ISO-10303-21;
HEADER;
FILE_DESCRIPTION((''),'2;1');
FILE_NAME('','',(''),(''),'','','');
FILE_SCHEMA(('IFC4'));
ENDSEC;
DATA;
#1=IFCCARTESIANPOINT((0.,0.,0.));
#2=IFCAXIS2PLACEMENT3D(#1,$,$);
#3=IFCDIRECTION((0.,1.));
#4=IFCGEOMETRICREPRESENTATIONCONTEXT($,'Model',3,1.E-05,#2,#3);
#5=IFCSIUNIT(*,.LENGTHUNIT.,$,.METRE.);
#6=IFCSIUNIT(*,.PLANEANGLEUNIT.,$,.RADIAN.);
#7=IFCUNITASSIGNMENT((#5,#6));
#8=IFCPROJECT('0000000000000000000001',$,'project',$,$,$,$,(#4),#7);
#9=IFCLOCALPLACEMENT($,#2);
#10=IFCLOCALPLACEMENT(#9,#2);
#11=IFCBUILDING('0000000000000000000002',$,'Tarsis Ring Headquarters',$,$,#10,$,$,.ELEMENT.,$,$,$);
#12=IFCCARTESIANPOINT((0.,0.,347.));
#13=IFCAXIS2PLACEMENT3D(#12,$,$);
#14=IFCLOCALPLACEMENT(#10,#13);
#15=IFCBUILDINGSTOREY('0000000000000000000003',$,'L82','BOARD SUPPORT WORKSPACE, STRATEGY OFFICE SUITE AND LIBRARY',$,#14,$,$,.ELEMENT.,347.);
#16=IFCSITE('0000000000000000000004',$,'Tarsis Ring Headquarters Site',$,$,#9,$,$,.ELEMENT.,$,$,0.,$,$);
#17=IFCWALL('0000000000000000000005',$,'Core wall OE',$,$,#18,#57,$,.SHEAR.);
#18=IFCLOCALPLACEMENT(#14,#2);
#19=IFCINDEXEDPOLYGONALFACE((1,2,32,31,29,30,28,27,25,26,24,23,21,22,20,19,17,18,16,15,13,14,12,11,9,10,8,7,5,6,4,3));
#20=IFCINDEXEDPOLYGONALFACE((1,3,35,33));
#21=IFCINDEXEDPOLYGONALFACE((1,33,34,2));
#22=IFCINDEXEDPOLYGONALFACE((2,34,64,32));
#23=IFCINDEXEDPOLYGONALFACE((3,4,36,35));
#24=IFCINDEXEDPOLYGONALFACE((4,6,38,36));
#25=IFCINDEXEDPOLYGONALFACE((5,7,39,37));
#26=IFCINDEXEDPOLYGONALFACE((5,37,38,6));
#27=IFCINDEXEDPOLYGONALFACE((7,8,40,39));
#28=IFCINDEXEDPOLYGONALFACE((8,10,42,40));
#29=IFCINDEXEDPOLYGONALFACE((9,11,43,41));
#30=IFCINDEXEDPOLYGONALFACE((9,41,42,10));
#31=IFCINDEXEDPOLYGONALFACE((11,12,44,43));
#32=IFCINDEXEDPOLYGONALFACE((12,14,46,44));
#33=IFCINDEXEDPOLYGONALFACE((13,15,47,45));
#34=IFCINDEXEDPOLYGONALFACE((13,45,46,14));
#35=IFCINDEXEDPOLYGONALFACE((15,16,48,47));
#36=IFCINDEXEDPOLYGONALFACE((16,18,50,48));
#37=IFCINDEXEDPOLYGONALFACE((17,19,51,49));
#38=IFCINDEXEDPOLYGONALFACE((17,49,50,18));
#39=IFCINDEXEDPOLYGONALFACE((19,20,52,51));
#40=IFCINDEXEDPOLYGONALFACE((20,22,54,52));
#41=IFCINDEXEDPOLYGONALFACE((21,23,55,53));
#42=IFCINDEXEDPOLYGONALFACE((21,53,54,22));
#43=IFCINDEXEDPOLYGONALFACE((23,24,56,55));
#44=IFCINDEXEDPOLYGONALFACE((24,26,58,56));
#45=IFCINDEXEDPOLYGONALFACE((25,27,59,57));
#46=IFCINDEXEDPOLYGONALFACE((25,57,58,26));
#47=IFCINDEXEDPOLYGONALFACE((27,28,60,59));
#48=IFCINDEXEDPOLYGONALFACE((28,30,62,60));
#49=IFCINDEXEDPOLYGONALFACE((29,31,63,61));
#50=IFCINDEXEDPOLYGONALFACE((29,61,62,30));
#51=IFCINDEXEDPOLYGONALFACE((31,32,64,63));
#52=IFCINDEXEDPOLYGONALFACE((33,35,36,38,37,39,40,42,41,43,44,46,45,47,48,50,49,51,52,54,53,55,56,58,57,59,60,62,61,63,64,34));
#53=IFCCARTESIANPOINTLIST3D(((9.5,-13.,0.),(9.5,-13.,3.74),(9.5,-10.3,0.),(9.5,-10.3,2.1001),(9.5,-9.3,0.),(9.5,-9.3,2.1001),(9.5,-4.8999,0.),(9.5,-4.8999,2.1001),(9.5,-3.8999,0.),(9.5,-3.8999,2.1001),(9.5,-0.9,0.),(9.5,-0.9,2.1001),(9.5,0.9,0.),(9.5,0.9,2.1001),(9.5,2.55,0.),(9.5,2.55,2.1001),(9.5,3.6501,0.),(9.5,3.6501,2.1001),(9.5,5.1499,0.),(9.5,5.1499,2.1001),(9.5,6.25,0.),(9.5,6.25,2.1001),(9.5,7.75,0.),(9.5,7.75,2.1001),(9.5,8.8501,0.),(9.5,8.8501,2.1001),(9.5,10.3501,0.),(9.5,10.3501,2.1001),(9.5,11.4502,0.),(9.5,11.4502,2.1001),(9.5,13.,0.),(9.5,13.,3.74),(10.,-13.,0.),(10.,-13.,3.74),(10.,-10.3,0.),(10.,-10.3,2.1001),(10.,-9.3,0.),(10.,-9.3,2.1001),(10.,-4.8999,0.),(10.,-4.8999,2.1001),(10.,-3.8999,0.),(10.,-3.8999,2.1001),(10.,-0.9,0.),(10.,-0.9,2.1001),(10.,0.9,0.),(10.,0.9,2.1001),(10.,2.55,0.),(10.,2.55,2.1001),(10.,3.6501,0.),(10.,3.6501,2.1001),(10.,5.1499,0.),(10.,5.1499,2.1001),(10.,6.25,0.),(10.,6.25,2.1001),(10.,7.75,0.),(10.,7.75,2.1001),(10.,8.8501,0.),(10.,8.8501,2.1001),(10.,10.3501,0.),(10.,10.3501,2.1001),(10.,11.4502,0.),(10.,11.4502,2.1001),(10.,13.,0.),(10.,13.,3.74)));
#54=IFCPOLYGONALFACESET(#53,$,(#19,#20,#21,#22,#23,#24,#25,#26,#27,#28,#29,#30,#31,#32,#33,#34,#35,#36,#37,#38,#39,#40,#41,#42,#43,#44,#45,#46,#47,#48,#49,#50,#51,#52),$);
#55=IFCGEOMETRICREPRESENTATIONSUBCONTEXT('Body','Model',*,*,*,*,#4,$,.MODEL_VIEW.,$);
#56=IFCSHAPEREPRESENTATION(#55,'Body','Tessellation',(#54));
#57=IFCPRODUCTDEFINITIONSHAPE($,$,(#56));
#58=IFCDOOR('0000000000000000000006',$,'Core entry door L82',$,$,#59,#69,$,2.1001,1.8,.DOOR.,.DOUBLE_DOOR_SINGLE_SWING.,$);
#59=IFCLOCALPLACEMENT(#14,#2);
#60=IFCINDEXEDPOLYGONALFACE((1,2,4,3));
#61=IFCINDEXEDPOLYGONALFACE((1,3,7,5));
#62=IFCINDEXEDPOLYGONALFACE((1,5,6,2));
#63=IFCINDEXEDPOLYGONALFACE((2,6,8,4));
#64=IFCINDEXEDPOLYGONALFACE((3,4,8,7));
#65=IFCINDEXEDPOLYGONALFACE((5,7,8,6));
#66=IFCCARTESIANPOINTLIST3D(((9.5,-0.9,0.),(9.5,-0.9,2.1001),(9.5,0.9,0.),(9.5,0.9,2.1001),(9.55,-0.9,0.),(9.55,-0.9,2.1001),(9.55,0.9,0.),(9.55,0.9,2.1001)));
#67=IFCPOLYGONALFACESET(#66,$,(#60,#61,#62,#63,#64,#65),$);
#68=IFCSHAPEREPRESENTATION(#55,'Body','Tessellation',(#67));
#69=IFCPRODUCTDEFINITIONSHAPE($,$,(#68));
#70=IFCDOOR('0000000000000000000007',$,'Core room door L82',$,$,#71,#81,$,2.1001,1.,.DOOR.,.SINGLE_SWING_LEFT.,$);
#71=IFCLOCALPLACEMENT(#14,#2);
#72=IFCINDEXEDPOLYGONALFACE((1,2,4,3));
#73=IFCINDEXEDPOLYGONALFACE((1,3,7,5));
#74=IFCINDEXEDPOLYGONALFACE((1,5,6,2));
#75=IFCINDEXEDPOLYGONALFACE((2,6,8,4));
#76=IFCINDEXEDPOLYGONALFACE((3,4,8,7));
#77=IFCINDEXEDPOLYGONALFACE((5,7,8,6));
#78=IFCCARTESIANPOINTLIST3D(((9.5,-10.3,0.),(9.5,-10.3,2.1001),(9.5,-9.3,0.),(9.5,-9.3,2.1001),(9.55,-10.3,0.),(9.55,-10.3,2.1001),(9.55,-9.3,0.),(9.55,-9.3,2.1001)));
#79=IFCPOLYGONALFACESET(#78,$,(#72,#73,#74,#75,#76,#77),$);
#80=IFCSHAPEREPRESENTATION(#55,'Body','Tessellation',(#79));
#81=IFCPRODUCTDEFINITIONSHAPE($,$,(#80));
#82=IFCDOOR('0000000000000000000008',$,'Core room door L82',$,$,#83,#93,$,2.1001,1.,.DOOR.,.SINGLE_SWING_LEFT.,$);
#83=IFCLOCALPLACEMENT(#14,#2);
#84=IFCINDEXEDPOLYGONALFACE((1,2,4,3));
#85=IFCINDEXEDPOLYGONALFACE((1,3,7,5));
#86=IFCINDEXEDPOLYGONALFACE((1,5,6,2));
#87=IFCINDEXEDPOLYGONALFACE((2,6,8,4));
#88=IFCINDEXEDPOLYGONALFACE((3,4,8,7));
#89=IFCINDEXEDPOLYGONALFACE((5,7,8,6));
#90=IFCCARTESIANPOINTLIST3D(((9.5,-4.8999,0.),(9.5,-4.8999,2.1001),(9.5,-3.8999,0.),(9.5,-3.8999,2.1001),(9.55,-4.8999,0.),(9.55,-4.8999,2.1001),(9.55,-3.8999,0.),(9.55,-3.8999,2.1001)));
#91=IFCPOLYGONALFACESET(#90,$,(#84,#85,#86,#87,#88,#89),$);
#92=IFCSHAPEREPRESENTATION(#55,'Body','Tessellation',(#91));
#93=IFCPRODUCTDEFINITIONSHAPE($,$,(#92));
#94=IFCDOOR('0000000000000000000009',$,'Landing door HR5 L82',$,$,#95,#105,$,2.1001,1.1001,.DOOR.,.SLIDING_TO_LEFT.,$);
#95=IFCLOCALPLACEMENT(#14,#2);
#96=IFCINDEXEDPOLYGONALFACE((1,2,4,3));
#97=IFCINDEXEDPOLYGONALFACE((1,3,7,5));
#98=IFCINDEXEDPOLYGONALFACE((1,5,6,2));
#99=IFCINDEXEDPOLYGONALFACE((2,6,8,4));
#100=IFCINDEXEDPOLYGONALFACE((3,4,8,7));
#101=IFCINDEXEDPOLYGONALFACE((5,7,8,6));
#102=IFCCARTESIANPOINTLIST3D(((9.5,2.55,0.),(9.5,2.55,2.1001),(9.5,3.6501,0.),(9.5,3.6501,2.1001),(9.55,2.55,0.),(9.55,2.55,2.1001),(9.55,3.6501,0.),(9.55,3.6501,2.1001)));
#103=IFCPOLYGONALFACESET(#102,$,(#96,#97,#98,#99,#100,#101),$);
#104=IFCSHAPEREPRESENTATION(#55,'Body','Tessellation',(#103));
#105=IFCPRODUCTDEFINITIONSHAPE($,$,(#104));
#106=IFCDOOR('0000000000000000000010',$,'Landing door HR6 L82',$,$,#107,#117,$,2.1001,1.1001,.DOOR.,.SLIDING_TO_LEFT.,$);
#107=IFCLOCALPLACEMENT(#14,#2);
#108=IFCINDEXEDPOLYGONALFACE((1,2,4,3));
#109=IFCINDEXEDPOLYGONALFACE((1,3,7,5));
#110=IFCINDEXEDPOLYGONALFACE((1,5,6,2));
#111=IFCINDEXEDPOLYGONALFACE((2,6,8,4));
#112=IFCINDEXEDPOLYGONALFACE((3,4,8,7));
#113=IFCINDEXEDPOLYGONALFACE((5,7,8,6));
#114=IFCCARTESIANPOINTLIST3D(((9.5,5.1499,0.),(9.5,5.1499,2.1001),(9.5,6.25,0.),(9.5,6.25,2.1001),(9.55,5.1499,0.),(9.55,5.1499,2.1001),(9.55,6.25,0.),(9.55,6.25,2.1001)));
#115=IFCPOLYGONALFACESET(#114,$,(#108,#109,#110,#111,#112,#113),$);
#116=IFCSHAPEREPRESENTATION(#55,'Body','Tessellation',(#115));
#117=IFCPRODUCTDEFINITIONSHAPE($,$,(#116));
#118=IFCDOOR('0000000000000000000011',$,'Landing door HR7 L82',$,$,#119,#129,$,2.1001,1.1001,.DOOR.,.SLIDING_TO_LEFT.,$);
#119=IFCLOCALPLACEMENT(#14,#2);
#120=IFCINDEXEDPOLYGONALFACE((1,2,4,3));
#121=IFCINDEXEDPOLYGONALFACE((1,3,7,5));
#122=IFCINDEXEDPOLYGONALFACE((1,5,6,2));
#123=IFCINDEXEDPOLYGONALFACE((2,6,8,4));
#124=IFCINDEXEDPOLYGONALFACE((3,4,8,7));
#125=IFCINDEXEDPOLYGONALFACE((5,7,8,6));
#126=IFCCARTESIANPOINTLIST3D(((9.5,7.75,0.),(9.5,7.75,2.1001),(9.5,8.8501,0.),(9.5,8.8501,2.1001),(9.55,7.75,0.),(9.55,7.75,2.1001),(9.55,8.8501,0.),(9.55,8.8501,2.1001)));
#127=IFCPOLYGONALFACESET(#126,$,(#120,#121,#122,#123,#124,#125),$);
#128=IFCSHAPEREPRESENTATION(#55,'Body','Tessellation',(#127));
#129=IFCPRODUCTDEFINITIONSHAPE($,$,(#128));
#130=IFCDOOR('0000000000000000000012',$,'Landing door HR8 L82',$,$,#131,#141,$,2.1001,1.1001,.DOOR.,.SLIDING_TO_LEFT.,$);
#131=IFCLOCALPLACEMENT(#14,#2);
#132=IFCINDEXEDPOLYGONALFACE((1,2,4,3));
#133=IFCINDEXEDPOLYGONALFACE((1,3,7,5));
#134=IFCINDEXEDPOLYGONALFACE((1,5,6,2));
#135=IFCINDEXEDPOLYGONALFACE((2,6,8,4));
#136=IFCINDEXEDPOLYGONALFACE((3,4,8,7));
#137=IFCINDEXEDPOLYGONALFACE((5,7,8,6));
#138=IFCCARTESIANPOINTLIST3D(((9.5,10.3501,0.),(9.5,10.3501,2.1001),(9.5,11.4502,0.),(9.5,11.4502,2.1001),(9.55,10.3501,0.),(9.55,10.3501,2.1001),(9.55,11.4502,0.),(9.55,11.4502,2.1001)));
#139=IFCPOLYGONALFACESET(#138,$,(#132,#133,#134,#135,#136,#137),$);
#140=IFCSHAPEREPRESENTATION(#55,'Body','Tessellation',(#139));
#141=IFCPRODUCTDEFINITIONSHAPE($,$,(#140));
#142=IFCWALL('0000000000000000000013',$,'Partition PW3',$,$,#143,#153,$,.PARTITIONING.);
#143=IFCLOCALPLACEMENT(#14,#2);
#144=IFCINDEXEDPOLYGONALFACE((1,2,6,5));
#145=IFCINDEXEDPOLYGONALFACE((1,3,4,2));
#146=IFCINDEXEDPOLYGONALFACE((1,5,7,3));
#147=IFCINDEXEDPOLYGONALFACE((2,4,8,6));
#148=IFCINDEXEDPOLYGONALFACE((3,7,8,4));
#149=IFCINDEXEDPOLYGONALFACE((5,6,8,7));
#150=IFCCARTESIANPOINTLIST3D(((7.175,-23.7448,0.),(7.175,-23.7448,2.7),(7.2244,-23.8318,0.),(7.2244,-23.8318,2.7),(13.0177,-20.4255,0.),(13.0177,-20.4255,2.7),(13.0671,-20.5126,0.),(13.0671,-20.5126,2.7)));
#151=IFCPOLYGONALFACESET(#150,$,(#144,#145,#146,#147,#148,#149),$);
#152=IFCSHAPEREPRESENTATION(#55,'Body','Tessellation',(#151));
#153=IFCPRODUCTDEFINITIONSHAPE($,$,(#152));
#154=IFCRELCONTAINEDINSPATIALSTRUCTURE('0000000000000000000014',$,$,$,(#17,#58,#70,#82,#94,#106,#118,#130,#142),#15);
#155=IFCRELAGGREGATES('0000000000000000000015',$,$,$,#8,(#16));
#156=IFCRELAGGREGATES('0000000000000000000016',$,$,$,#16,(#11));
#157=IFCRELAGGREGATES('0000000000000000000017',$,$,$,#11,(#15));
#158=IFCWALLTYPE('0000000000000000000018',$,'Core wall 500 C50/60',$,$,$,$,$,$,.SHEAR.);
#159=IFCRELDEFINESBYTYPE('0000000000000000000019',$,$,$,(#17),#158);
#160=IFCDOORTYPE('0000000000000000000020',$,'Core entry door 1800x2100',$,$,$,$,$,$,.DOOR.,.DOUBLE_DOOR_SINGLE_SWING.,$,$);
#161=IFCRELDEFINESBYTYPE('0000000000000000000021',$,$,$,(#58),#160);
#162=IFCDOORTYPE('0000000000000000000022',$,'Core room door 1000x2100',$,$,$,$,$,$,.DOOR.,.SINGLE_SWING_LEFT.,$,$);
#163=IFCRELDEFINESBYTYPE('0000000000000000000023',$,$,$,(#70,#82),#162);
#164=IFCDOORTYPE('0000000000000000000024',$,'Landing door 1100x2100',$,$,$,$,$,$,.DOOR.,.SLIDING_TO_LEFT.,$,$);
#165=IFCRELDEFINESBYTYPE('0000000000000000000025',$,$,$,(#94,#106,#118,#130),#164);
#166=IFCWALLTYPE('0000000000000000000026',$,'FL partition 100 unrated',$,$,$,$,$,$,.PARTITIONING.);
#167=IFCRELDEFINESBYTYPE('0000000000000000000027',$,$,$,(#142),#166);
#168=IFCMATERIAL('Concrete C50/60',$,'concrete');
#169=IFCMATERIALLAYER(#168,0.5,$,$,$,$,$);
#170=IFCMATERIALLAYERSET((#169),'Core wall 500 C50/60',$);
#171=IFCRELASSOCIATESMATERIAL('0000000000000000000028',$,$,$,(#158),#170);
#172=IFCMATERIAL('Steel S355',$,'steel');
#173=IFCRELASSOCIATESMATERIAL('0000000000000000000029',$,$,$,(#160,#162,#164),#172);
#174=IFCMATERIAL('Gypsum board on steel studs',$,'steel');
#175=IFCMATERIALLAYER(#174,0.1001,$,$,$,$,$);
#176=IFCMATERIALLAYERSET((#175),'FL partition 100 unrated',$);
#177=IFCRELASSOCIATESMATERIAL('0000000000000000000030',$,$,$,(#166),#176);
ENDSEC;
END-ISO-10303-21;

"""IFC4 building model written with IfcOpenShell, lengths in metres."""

from ifc_helpers import new_model, si_unit, direction, frame, frame_2d, origin, place, context, subcontext, project, spatial, rectangle, extrude, material, layer, layer_set, type_object, element, fill, save


model = new_model("IFC4")

# Units and contexts
model_context = context("Model", 3, precision=1e-05, world=origin(), true_north=direction((0.0, 1.0)))
body_context = subcontext(model_context, "Body", "Model", "MODEL_VIEW")
ifc_project = project(units=[si_unit("LENGTHUNIT", "METRE"), si_unit("PLANEANGLEUNIT", "RADIAN")], contexts=[model_context])

# Site, building, storey
site_placement = place(None, origin())
site = spatial("IfcSite", under=ifc_project, at=site_placement, Name="Tarsis Ring Headquarters Site", CompositionType="ELEMENT", RefElevation=0.0)
building_placement = place(site_placement, origin())
building = spatial("IfcBuilding", under=site, at=building_placement, Name="Tarsis Ring Headquarters", CompositionType="ELEMENT")
storey_placement = place(building_placement, frame((0.0, 0.0, 347.0)))
storey = spatial("IfcBuildingStorey", under=building, at=storey_placement, Name="L82", Description="BOARD SUPPORT WORKSPACE, STRATEGY OFFICE SUITE AND LIBRARY", CompositionType="ELEMENT", Elevation=347.0)

# Wall, openings, doors
ifc_material_1 = material(Name="Concrete C50/60", Category="concrete")
ifc_layer_1 = layer(ifc_material_1, 0.5)
ifc_layer_set_1 = layer_set([ifc_layer_1], Name="Core wall 500 C50/60")
wall_type_1 = type_object("IfcWallType", Name="Core wall 500 C50/60", PredefinedType="SHEAR", material=ifc_layer_set_1)
wall_1_placement = place(storey_placement, frame((9.75, -13.0, 0.0), z_axis=(0.0, 0.0, 1.0), x_axis=(0.0, 1.0, 0.0)))
wall_1 = element("IfcWall", 1, at=wall_1_placement, inside=storey, type_object=wall_type_1, Name="Core wall OE", PredefinedType="SHEAR", context=body_context, shape_type="SweptSolid", body=[
    extrude(rectangle(XDim=26.0, YDim=0.5, at=frame_2d((13.0, 0.0))), origin(), (0.0, 0.0, 1.0), 3.74),
])
opening_1_placement = place(wall_1_placement, frame((2.7, 0.0, 0.0)))
opening_1 = element("IfcOpeningElement", 2, at=opening_1_placement, cuts=wall_1, PredefinedType="OPENING", context=body_context, shape_type="SweptSolid", body=[
    extrude(rectangle(XDim=1.0, YDim=2.1001, at=frame_2d((0.5, 1.05))), frame((0.0, 0.26, 0.0), z_axis=(0.0, -1.0, 0.0), x_axis=(1.0, 0.0, 0.0)), (0.0, 0.0, 1.0), 0.52),
])
opening_2_placement = place(wall_1_placement, frame((8.1001, 0.0, 0.0)))
opening_2 = element("IfcOpeningElement", 3, at=opening_2_placement, cuts=wall_1, PredefinedType="OPENING", context=body_context, shape_type="SweptSolid", body=[
    extrude(rectangle(XDim=1.0, YDim=2.1001, at=frame_2d((0.5, 1.05))), frame((0.0, 0.26, 0.0), z_axis=(0.0, -1.0, 0.0), x_axis=(1.0, 0.0, 0.0)), (0.0, 0.0, 1.0), 0.52),
])
opening_3_placement = place(wall_1_placement, frame((12.1001, 0.0, 0.0)))
opening_3 = element("IfcOpeningElement", 4, at=opening_3_placement, cuts=wall_1, PredefinedType="OPENING", context=body_context, shape_type="SweptSolid", body=[
    extrude(rectangle(XDim=1.8, YDim=2.1001, at=frame_2d((0.8999, 1.05))), frame((0.0, 0.26, 0.0), z_axis=(0.0, -1.0, 0.0), x_axis=(1.0, 0.0, 0.0)), (0.0, 0.0, 1.0), 0.52),
])
opening_4_placement = place(wall_1_placement, frame((15.55, 0.0, 0.0)))
opening_4 = element("IfcOpeningElement", 5, at=opening_4_placement, cuts=wall_1, PredefinedType="OPENING", context=body_context, shape_type="SweptSolid", body=[
    extrude(rectangle(XDim=1.1001, YDim=2.1001, at=frame_2d((0.55, 1.05))), frame((0.0, 0.26, 0.0), z_axis=(0.0, -1.0, 0.0), x_axis=(1.0, 0.0, 0.0)), (0.0, 0.0, 1.0), 0.52),
])
opening_5_placement = place(wall_1_placement, frame((18.1499, 0.0, 0.0)))
opening_5 = element("IfcOpeningElement", 6, at=opening_5_placement, cuts=wall_1, PredefinedType="OPENING", context=body_context, shape_type="SweptSolid", body=[
    extrude(rectangle(XDim=1.1001, YDim=2.1001, at=frame_2d((0.55, 1.05))), frame((0.0, 0.26, 0.0), z_axis=(0.0, -1.0, 0.0), x_axis=(1.0, 0.0, 0.0)), (0.0, 0.0, 1.0), 0.52),
])
opening_6_placement = place(wall_1_placement, frame((20.75, 0.0, 0.0)))
opening_6 = element("IfcOpeningElement", 7, at=opening_6_placement, cuts=wall_1, PredefinedType="OPENING", context=body_context, shape_type="SweptSolid", body=[
    extrude(rectangle(XDim=1.1001, YDim=2.1001, at=frame_2d((0.55, 1.05))), frame((0.0, 0.26, 0.0), z_axis=(0.0, -1.0, 0.0), x_axis=(1.0, 0.0, 0.0)), (0.0, 0.0, 1.0), 0.52),
])
opening_7_placement = place(wall_1_placement, frame((23.3501, 0.0, 0.0)))
opening_7 = element("IfcOpeningElement", 8, at=opening_7_placement, cuts=wall_1, PredefinedType="OPENING", context=body_context, shape_type="SweptSolid", body=[
    extrude(rectangle(XDim=1.1001, YDim=2.1001, at=frame_2d((0.55, 1.05))), frame((0.0, 0.26, 0.0), z_axis=(0.0, -1.0, 0.0), x_axis=(1.0, 0.0, 0.0)), (0.0, 0.0, 1.0), 0.52),
])
ifc_material_2 = material(Name="Steel S355", Category="steel")
door_type_1 = type_object("IfcDoorType", Name="Core entry door 1800x2100", OperationType="DOUBLE_DOOR_SINGLE_SWING", PredefinedType="DOOR", material=ifc_material_2)
door_1_placement = place(opening_3_placement, origin())
door_1 = element("IfcDoor", 9, at=door_1_placement, inside=storey, type_object=door_type_1, Name="Core entry door L82", OperationType="DOUBLE_DOOR_SINGLE_SWING", OverallHeight=2.1001, OverallWidth=1.8, PredefinedType="DOOR", context=body_context, shape_type="SweptSolid", body=[
    extrude(rectangle(XDim=1.8, YDim=2.1001, at=frame_2d((0.8999, 1.05))), frame((0.0, 0.25, 0.0), z_axis=(0.0, -1.0, 0.0), x_axis=(1.0, 0.0, 0.0)), (0.0, 0.0, 1.0), 0.05),
])
fill(opening_3, door_1)
door_type_2 = type_object("IfcDoorType", Name="Core room door 1000x2100", OperationType="SINGLE_SWING_LEFT", PredefinedType="DOOR", material=ifc_material_2)
door_2_placement = place(opening_1_placement, origin())
door_2 = element("IfcDoor", 10, at=door_2_placement, inside=storey, type_object=door_type_2, Name="Core room door L82", OperationType="SINGLE_SWING_LEFT", OverallHeight=2.1001, OverallWidth=1.0, PredefinedType="DOOR", context=body_context, shape_type="SweptSolid", body=[
    extrude(rectangle(XDim=1.0, YDim=2.1001, at=frame_2d((0.5, 1.05))), frame((0.0, 0.25, 0.0), z_axis=(0.0, -1.0, 0.0), x_axis=(1.0, 0.0, 0.0)), (0.0, 0.0, 1.0), 0.05),
])
fill(opening_1, door_2)
door_3_placement = place(opening_2_placement, origin())
door_3 = element("IfcDoor", 11, at=door_3_placement, inside=storey, type_object=door_type_2, Name="Core room door L82", OperationType="SINGLE_SWING_LEFT", OverallHeight=2.1001, OverallWidth=1.0, PredefinedType="DOOR", context=body_context, shape_type="SweptSolid", body=[
    extrude(rectangle(XDim=1.0, YDim=2.1001, at=frame_2d((0.5, 1.05))), frame((0.0, 0.25, 0.0), z_axis=(0.0, -1.0, 0.0), x_axis=(1.0, 0.0, 0.0)), (0.0, 0.0, 1.0), 0.05),
])
fill(opening_2, door_3)
door_type_3 = type_object("IfcDoorType", Name="Landing door 1100x2100", OperationType="SLIDING_TO_LEFT", PredefinedType="DOOR", material=ifc_material_2)
door_4_placement = place(opening_4_placement, origin())
door_4 = element("IfcDoor", 12, at=door_4_placement, inside=storey, type_object=door_type_3, Name="Landing door HR5 L82", OperationType="SLIDING_TO_LEFT", OverallHeight=2.1001, OverallWidth=1.1001, PredefinedType="DOOR", context=body_context, shape_type="SweptSolid", body=[
    extrude(rectangle(XDim=1.1001, YDim=2.1001, at=frame_2d((0.55, 1.05))), frame((0.0, 0.25, 0.0), z_axis=(0.0, -1.0, 0.0), x_axis=(1.0, 0.0, 0.0)), (0.0, 0.0, 1.0), 0.05),
])
fill(opening_4, door_4)
door_5_placement = place(opening_5_placement, origin())
door_5 = element("IfcDoor", 13, at=door_5_placement, inside=storey, type_object=door_type_3, Name="Landing door HR6 L82", OperationType="SLIDING_TO_LEFT", OverallHeight=2.1001, OverallWidth=1.1001, PredefinedType="DOOR", context=body_context, shape_type="SweptSolid", body=[
    extrude(rectangle(XDim=1.1001, YDim=2.1001, at=frame_2d((0.55, 1.05))), frame((0.0, 0.25, 0.0), z_axis=(0.0, -1.0, 0.0), x_axis=(1.0, 0.0, 0.0)), (0.0, 0.0, 1.0), 0.05),
])
fill(opening_5, door_5)
door_6_placement = place(opening_6_placement, origin())
door_6 = element("IfcDoor", 14, at=door_6_placement, inside=storey, type_object=door_type_3, Name="Landing door HR7 L82", OperationType="SLIDING_TO_LEFT", OverallHeight=2.1001, OverallWidth=1.1001, PredefinedType="DOOR", context=body_context, shape_type="SweptSolid", body=[
    extrude(rectangle(XDim=1.1001, YDim=2.1001, at=frame_2d((0.55, 1.05))), frame((0.0, 0.25, 0.0), z_axis=(0.0, -1.0, 0.0), x_axis=(1.0, 0.0, 0.0)), (0.0, 0.0, 1.0), 0.05),
])
fill(opening_6, door_6)
door_7_placement = place(opening_7_placement, origin())
door_7 = element("IfcDoor", 15, at=door_7_placement, inside=storey, type_object=door_type_3, Name="Landing door HR8 L82", OperationType="SLIDING_TO_LEFT", OverallHeight=2.1001, OverallWidth=1.1001, PredefinedType="DOOR", context=body_context, shape_type="SweptSolid", body=[
    extrude(rectangle(XDim=1.1001, YDim=2.1001, at=frame_2d((0.55, 1.05))), frame((0.0, 0.25, 0.0), z_axis=(0.0, -1.0, 0.0), x_axis=(1.0, 0.0, 0.0)), (0.0, 0.0, 1.0), 0.05),
])
fill(opening_7, door_7)

# Wall
ifc_material_3 = material(Name="Gypsum board on steel studs", Category="steel")
ifc_layer_2 = layer(ifc_material_3, 0.1001)
ifc_layer_set_2 = layer_set([ifc_layer_2], Name="FL partition 100 unrated")
wall_type_2 = type_object("IfcWallType", Name="FL partition 100 unrated", PredefinedType="PARTITIONING", material=ifc_layer_set_2)
wall_2_placement = place(storey_placement, frame((7.1997, -23.7883, 0.0), z_axis=(0.0, 0.0, 1.0), x_axis=(0.869484, 0.493962, 0.0)))
element("IfcWall", 16, at=wall_2_placement, inside=storey, type_object=wall_type_2, Name="Partition PW3", PredefinedType="PARTITIONING", context=body_context, shape_type="SweptSolid", body=[
    extrude(rectangle(XDim=6.7197, YDim=0.1001, at=frame_2d((3.3599, 0.0))), origin(), (0.0, 0.0, 1.0), 2.7),
])

save(model, "model.ifc")
